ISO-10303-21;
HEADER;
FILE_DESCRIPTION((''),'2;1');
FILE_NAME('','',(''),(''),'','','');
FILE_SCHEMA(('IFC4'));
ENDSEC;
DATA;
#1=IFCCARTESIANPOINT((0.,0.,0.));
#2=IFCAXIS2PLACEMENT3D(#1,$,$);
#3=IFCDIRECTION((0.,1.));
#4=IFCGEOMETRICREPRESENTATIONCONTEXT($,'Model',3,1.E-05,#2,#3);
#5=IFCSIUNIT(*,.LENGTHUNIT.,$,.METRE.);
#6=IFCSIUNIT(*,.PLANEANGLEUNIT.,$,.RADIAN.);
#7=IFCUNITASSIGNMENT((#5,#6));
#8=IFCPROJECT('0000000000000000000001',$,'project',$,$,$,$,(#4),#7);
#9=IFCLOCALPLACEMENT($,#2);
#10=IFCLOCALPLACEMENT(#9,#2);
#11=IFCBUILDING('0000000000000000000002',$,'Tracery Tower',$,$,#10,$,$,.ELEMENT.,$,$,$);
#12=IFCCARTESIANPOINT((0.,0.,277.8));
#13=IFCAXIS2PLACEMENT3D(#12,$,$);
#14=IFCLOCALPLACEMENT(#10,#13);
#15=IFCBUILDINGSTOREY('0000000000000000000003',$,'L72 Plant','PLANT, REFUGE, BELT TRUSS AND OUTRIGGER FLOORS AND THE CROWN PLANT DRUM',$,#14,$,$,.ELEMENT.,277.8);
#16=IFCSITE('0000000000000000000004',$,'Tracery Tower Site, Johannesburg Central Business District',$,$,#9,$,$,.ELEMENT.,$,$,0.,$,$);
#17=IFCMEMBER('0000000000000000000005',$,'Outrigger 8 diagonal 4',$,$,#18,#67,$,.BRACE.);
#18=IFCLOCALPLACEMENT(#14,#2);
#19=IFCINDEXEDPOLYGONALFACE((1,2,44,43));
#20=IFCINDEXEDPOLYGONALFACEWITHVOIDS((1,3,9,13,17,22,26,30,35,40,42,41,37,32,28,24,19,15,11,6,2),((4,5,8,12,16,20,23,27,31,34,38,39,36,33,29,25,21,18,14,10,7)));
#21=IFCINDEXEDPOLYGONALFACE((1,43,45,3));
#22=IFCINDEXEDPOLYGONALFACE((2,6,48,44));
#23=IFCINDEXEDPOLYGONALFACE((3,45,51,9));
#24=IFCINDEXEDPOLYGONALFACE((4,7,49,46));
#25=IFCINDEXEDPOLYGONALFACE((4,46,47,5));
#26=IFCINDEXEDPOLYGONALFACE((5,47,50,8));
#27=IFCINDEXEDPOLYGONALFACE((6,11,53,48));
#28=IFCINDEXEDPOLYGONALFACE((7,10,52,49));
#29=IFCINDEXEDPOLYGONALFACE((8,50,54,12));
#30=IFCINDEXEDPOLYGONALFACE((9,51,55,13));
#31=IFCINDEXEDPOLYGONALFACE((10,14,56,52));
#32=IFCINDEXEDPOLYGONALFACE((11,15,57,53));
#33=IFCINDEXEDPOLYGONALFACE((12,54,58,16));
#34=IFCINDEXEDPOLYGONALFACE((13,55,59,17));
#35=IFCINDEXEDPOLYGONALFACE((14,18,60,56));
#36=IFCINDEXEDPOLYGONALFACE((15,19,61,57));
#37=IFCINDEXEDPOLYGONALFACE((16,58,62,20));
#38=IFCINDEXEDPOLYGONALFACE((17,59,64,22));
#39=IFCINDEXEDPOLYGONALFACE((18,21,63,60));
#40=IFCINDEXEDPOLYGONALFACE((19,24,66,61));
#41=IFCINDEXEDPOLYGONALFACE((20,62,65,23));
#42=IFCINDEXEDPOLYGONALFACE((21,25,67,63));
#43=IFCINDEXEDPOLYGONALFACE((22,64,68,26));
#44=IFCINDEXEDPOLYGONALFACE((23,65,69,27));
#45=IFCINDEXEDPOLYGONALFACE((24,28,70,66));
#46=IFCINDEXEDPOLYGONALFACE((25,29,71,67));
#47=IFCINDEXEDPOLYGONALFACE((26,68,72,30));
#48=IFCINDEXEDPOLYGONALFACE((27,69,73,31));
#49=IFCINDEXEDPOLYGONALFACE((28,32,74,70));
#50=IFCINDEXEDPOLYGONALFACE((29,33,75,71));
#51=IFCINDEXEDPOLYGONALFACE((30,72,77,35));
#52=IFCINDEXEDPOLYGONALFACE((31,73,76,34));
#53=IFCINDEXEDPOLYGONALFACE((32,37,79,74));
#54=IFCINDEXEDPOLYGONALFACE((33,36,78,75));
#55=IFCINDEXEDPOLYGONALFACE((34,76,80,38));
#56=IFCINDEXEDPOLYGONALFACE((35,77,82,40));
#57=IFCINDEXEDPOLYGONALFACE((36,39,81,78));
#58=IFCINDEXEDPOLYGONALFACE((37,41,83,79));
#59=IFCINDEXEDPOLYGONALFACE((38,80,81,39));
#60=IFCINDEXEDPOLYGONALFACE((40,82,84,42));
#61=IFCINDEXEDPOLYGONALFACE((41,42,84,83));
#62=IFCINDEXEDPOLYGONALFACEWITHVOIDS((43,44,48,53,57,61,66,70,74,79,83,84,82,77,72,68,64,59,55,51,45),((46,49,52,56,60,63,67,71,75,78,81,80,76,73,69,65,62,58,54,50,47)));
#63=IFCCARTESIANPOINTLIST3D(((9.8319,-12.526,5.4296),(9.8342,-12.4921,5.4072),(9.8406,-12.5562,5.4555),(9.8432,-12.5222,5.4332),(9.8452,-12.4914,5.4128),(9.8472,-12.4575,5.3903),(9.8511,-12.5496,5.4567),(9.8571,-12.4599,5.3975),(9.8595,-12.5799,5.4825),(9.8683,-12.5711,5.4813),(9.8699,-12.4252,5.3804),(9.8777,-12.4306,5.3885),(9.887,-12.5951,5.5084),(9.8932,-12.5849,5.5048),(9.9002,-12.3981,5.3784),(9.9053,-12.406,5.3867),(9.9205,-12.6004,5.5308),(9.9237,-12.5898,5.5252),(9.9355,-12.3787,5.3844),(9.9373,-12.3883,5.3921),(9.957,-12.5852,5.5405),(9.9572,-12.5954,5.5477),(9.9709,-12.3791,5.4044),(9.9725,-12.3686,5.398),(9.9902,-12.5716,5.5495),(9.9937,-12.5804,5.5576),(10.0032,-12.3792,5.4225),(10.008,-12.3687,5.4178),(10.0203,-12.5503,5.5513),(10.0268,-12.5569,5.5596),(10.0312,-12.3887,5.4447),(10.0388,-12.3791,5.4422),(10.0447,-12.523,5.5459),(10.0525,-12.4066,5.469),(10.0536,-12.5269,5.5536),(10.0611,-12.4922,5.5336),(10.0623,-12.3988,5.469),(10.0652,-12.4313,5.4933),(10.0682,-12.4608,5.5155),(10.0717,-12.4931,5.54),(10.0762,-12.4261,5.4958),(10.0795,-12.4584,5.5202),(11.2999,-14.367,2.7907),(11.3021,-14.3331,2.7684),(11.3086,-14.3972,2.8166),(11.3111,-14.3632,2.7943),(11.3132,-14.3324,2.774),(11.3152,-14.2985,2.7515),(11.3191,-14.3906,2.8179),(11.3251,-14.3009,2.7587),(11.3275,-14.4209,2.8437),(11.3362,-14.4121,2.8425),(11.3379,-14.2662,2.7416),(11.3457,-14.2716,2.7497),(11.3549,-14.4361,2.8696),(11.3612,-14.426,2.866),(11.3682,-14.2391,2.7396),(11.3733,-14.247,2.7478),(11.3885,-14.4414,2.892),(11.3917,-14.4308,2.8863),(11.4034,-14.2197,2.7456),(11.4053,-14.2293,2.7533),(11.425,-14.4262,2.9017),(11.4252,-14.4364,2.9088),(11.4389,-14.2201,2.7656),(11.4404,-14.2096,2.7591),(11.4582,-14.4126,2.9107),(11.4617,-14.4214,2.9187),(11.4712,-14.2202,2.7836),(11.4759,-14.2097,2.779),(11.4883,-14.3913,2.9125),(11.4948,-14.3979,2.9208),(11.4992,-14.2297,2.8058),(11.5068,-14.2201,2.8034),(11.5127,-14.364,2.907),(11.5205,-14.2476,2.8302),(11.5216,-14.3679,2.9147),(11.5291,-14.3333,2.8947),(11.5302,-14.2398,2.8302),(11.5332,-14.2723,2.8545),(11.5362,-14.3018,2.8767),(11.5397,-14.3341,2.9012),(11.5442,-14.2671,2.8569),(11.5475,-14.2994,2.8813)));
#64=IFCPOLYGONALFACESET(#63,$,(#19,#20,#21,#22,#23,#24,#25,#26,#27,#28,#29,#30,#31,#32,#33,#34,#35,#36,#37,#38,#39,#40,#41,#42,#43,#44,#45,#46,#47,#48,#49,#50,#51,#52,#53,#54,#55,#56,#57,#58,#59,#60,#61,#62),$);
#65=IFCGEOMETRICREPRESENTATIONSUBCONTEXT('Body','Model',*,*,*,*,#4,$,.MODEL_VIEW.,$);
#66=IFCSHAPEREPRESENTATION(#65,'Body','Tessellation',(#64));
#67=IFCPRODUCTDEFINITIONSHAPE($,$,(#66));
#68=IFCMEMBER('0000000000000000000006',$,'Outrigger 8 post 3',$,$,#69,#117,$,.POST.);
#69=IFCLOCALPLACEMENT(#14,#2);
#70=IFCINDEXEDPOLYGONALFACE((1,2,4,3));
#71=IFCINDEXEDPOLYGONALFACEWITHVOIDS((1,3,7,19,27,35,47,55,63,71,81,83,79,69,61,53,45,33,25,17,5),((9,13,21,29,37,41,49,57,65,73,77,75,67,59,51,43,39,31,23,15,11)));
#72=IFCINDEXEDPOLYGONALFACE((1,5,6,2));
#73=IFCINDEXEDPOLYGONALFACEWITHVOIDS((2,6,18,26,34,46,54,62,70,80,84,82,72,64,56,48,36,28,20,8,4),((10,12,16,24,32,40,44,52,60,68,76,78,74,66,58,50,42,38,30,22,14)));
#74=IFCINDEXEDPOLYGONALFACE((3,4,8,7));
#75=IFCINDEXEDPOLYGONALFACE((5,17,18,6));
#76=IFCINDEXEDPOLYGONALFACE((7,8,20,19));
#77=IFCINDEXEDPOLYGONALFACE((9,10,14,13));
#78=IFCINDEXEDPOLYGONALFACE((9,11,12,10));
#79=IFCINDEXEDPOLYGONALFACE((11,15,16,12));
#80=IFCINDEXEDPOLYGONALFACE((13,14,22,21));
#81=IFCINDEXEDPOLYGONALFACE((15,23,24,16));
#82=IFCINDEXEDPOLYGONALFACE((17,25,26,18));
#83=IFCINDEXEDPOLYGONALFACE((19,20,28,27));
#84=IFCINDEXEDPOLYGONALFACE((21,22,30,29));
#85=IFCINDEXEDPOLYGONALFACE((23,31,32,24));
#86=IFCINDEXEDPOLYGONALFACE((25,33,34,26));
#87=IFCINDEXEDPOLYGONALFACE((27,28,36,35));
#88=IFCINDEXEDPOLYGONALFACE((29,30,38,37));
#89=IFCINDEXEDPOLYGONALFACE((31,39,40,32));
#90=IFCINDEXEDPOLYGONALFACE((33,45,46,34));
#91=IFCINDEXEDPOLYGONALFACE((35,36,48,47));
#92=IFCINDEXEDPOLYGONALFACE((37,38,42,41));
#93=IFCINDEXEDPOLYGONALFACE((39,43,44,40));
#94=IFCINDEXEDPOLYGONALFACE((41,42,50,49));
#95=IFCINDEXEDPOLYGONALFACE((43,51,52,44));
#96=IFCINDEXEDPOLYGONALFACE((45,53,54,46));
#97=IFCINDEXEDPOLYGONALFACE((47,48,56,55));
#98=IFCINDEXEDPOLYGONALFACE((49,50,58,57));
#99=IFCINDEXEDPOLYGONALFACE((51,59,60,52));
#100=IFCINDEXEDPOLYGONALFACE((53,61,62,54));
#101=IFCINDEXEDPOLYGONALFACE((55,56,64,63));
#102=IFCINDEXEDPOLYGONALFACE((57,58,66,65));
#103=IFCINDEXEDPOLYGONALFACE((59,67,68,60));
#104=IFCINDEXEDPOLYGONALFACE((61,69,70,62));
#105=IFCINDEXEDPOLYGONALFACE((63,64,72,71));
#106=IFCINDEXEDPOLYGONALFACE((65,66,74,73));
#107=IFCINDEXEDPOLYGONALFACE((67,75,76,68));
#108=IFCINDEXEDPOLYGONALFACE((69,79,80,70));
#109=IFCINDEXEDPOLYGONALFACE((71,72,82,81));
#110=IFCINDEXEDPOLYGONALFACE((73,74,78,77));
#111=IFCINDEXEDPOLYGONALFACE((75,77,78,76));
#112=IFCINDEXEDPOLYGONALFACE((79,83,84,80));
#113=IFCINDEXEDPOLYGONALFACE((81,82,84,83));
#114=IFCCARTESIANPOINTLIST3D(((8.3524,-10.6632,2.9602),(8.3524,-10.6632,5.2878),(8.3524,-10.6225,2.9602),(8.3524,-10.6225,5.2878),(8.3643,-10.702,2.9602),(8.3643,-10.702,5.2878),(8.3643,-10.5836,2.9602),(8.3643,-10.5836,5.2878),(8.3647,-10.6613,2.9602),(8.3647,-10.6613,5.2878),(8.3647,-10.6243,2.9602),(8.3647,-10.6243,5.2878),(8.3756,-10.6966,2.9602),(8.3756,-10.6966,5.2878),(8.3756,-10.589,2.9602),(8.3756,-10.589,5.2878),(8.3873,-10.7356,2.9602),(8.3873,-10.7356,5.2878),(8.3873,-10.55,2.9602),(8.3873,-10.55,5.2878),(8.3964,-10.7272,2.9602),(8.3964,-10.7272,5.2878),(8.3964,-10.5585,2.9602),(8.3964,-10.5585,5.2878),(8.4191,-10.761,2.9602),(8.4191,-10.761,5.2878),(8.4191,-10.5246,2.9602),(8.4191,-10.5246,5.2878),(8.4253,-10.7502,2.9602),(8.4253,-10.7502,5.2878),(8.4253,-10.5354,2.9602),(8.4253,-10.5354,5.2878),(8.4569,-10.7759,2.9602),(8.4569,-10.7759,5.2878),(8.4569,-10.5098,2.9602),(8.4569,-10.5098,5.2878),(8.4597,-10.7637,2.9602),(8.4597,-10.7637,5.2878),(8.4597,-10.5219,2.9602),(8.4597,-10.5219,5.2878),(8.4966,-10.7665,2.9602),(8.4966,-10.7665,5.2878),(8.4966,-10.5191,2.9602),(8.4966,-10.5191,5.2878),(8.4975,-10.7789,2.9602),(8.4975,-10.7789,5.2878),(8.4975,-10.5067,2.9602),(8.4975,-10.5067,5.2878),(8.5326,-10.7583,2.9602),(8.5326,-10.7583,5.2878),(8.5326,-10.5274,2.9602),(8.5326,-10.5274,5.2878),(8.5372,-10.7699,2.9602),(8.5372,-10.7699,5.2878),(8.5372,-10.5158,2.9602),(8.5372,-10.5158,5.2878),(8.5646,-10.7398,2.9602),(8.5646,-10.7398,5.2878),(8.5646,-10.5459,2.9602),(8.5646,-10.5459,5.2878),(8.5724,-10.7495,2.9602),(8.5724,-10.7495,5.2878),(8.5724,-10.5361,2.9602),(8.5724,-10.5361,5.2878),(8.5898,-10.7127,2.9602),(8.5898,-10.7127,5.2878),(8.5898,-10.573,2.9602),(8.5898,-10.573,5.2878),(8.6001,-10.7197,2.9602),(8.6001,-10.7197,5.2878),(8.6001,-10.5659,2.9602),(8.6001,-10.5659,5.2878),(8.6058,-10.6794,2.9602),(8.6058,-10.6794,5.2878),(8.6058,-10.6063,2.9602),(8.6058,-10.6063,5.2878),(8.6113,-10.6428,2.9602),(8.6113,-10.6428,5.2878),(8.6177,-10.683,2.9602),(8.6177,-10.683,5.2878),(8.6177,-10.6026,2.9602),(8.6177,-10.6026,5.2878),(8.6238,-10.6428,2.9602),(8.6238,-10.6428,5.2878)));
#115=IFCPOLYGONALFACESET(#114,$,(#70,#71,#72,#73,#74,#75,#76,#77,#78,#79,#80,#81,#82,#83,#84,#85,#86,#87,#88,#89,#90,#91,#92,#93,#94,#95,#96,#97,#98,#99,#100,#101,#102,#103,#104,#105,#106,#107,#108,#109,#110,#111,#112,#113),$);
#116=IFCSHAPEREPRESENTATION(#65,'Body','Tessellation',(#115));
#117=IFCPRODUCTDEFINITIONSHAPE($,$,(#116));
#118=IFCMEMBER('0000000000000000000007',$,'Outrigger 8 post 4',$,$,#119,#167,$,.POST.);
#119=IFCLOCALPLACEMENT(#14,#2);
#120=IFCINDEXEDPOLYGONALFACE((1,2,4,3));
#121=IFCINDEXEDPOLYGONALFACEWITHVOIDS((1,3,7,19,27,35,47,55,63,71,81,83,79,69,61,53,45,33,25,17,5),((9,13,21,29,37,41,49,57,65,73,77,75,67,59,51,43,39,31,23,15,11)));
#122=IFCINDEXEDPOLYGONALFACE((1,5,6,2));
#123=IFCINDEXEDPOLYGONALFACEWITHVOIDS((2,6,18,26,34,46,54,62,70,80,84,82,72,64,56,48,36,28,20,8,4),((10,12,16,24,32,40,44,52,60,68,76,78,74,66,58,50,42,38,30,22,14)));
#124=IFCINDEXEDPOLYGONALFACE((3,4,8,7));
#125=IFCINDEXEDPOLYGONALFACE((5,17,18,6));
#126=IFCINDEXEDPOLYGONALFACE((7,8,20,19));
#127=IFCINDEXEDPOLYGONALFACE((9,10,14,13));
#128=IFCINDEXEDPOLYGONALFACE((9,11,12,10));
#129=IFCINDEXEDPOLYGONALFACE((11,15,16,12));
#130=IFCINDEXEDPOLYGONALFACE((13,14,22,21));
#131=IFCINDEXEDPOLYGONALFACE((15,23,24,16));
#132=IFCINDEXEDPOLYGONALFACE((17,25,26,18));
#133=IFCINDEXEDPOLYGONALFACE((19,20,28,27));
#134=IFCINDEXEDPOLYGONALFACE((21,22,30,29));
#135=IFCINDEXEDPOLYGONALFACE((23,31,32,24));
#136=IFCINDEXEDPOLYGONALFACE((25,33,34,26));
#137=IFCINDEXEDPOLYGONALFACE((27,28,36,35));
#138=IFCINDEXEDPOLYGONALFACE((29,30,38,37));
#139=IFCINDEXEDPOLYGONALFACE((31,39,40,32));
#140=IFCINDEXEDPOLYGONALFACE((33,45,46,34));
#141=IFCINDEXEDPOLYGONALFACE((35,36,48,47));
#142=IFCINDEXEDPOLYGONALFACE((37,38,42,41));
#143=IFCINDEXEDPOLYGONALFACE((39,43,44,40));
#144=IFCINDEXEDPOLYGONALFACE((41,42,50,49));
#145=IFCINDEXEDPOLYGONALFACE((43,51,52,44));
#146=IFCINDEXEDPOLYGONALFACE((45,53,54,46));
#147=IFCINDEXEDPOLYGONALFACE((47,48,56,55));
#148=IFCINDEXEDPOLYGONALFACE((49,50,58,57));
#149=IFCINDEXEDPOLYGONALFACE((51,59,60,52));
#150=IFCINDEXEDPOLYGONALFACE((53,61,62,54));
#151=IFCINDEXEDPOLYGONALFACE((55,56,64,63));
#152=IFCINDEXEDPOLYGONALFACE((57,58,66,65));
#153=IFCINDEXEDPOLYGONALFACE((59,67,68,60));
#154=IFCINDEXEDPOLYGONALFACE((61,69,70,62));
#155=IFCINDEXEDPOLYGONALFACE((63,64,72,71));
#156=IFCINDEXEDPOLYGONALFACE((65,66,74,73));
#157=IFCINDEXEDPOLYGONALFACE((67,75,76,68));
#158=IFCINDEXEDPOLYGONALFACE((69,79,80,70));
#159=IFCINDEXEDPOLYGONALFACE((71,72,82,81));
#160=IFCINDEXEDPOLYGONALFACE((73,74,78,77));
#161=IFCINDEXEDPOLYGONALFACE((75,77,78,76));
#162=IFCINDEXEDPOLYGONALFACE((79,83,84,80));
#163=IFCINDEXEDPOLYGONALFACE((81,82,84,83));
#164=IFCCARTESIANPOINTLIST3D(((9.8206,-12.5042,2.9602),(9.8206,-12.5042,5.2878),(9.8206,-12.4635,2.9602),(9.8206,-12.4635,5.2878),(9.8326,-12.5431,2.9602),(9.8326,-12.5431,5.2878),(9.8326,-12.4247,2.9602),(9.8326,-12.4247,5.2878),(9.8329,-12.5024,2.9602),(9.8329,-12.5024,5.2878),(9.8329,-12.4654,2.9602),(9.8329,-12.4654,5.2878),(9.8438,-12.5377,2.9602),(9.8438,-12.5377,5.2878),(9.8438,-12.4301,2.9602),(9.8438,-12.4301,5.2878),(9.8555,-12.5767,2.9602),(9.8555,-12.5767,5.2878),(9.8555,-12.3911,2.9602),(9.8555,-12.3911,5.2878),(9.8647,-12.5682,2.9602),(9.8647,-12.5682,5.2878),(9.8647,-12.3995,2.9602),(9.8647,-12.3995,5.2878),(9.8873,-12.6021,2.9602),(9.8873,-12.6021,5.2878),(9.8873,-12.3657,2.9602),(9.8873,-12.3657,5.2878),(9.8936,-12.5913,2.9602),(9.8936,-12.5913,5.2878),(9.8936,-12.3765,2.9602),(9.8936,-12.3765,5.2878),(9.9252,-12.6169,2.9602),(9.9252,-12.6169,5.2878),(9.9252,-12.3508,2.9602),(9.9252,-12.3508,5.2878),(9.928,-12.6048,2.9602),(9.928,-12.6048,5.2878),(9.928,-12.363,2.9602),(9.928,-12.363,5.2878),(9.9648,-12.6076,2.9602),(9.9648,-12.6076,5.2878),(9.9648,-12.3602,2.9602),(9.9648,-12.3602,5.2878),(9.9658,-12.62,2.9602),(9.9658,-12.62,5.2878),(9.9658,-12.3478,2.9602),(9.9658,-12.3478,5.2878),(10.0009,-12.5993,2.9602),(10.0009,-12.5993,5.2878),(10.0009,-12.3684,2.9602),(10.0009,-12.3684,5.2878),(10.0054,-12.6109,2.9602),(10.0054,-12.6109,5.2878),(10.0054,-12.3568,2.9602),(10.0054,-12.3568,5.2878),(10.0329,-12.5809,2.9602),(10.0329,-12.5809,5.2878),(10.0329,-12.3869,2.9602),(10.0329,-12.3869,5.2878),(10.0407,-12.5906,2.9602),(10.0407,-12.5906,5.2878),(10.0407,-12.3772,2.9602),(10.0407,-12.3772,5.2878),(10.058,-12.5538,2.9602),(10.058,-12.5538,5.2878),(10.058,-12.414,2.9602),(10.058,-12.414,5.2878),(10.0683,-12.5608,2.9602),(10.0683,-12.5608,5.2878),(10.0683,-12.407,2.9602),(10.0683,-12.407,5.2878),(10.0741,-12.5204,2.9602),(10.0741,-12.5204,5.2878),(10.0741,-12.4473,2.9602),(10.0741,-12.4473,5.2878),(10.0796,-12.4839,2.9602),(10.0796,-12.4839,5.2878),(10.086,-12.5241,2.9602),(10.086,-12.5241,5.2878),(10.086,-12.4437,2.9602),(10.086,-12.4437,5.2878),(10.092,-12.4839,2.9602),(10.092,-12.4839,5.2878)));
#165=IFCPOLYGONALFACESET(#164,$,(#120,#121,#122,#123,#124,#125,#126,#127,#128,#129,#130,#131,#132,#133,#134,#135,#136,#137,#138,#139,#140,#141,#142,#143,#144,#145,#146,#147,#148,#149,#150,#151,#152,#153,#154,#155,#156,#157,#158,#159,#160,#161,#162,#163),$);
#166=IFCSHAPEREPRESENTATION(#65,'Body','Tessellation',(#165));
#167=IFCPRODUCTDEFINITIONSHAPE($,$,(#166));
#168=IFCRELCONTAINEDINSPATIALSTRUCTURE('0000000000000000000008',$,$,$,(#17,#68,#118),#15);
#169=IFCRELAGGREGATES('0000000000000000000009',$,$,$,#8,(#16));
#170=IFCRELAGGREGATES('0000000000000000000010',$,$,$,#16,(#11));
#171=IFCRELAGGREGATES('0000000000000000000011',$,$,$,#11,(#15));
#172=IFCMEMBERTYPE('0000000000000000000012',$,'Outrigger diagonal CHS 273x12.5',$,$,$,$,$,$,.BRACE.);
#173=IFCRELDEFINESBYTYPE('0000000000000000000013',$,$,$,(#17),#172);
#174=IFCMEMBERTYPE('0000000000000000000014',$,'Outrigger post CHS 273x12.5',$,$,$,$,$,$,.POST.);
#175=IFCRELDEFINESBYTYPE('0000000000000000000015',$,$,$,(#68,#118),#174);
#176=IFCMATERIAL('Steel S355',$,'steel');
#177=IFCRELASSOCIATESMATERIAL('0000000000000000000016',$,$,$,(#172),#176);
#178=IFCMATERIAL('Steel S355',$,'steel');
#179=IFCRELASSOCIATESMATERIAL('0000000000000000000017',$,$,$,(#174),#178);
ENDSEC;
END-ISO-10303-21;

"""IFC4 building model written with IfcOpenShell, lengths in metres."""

from ifc_helpers import new_model, si_unit, direction, frame, origin, origin_2d, place, context, subcontext, project, spatial, hollow_circle, extrude, material, material_profile, profile_set, type_object, element, save


model = new_model("IFC4")

# Units and contexts
model_context = context("Model", 3, precision=1e-05, world=origin(), true_north=direction((0.0, 1.0)))
body_context = subcontext(model_context, "Body", "Model", "MODEL_VIEW")
ifc_project = project(units=[si_unit("LENGTHUNIT", "METRE"), si_unit("PLANEANGLEUNIT", "RADIAN")], contexts=[model_context])

# Site, building, storey
site_placement = place(None, origin())
site = spatial("IfcSite", under=ifc_project, at=site_placement, Name="Tracery Tower Site, Johannesburg Central Business District", CompositionType="ELEMENT", RefElevation=0.0)
building_placement = place(site_placement, origin())
building = spatial("IfcBuilding", under=site, at=building_placement, Name="Tracery Tower", CompositionType="ELEMENT")
storey_placement = place(building_placement, frame((0.0, 0.0, 277.8)))
storey = spatial("IfcBuildingStorey", under=building, at=storey_placement, Name="L72 Plant", Description="PLANT, REFUGE, BELT TRUSS AND OUTRIGGER FLOORS AND THE CROWN PLANT DRUM", CompositionType="ELEMENT", Elevation=277.8)

# Members
ifc_material_1 = material(Name="Steel S355", Category="steel")
ifc_material_profile_1 = material_profile(ifc_material_1, hollow_circle(Radius=0.1365, WallThickness=0.0125, at=origin_2d()), Name="CHS 273x12.5")
ifc_profile_set_1 = profile_set([ifc_material_profile_1], Name="Steel S355")
member_type_1 = type_object("IfcMemberType", Name="Outrigger diagonal CHS 273x12.5", PredefinedType="BRACE", material=ifc_profile_set_1)
member_1_placement = place(storey_placement, frame((9.9556, -12.4839, 5.469), z_axis=(0.415077, -0.520555, -0.746145), x_axis=(0.781869, 0.623442, 0.0)))
element("IfcMember", 1, at=member_1_placement, inside=storey, type_object=member_type_1, Name="Outrigger 8 diagonal 4", PredefinedType="BRACE", context=body_context, shape_type="SweptSolid", body=[
    extrude(hollow_circle(Radius=0.1365, WallThickness=0.0125, at=origin_2d()), origin(), (0.0, 0.0, 1.0), 3.5366),
])
ifc_material_2 = material(Name="Steel S355", Category="steel")
ifc_material_profile_2 = material_profile(ifc_material_2, hollow_circle(Radius=0.1365, WallThickness=0.0125, at=origin_2d()), Name="CHS 273x12.5")
ifc_profile_set_2 = profile_set([ifc_material_profile_2], Name="Steel S355")
member_type_2 = type_object("IfcMemberType", Name="Outrigger post CHS 273x12.5", PredefinedType="POST", material=ifc_profile_set_2)
for number, where, z_axis, x_axis, name in (
    (2, (8.4873, -10.6428, 2.9602), (0.0, 0.0, 1.0), (1.0, 0.0, 0.0), "Outrigger 8 post 3"),
    (3, (9.9556, -12.4839, 2.9602), (0.0, 0.0, 1.0), (1.0, 0.0, 0.0), "Outrigger 8 post 4"),
):
    element("IfcMember", number, at=place(storey_placement, frame(where, z_axis=z_axis, x_axis=x_axis)), inside=storey, type_object=member_type_2, Name=name, PredefinedType="POST", context=body_context, shape_type="SweptSolid", body=[
        extrude(hollow_circle(Radius=0.1365, WallThickness=0.0125, at=origin_2d()), origin(), (0.0, 0.0, 1.0), 2.3276),
    ])

save(model, "model.ifc")
